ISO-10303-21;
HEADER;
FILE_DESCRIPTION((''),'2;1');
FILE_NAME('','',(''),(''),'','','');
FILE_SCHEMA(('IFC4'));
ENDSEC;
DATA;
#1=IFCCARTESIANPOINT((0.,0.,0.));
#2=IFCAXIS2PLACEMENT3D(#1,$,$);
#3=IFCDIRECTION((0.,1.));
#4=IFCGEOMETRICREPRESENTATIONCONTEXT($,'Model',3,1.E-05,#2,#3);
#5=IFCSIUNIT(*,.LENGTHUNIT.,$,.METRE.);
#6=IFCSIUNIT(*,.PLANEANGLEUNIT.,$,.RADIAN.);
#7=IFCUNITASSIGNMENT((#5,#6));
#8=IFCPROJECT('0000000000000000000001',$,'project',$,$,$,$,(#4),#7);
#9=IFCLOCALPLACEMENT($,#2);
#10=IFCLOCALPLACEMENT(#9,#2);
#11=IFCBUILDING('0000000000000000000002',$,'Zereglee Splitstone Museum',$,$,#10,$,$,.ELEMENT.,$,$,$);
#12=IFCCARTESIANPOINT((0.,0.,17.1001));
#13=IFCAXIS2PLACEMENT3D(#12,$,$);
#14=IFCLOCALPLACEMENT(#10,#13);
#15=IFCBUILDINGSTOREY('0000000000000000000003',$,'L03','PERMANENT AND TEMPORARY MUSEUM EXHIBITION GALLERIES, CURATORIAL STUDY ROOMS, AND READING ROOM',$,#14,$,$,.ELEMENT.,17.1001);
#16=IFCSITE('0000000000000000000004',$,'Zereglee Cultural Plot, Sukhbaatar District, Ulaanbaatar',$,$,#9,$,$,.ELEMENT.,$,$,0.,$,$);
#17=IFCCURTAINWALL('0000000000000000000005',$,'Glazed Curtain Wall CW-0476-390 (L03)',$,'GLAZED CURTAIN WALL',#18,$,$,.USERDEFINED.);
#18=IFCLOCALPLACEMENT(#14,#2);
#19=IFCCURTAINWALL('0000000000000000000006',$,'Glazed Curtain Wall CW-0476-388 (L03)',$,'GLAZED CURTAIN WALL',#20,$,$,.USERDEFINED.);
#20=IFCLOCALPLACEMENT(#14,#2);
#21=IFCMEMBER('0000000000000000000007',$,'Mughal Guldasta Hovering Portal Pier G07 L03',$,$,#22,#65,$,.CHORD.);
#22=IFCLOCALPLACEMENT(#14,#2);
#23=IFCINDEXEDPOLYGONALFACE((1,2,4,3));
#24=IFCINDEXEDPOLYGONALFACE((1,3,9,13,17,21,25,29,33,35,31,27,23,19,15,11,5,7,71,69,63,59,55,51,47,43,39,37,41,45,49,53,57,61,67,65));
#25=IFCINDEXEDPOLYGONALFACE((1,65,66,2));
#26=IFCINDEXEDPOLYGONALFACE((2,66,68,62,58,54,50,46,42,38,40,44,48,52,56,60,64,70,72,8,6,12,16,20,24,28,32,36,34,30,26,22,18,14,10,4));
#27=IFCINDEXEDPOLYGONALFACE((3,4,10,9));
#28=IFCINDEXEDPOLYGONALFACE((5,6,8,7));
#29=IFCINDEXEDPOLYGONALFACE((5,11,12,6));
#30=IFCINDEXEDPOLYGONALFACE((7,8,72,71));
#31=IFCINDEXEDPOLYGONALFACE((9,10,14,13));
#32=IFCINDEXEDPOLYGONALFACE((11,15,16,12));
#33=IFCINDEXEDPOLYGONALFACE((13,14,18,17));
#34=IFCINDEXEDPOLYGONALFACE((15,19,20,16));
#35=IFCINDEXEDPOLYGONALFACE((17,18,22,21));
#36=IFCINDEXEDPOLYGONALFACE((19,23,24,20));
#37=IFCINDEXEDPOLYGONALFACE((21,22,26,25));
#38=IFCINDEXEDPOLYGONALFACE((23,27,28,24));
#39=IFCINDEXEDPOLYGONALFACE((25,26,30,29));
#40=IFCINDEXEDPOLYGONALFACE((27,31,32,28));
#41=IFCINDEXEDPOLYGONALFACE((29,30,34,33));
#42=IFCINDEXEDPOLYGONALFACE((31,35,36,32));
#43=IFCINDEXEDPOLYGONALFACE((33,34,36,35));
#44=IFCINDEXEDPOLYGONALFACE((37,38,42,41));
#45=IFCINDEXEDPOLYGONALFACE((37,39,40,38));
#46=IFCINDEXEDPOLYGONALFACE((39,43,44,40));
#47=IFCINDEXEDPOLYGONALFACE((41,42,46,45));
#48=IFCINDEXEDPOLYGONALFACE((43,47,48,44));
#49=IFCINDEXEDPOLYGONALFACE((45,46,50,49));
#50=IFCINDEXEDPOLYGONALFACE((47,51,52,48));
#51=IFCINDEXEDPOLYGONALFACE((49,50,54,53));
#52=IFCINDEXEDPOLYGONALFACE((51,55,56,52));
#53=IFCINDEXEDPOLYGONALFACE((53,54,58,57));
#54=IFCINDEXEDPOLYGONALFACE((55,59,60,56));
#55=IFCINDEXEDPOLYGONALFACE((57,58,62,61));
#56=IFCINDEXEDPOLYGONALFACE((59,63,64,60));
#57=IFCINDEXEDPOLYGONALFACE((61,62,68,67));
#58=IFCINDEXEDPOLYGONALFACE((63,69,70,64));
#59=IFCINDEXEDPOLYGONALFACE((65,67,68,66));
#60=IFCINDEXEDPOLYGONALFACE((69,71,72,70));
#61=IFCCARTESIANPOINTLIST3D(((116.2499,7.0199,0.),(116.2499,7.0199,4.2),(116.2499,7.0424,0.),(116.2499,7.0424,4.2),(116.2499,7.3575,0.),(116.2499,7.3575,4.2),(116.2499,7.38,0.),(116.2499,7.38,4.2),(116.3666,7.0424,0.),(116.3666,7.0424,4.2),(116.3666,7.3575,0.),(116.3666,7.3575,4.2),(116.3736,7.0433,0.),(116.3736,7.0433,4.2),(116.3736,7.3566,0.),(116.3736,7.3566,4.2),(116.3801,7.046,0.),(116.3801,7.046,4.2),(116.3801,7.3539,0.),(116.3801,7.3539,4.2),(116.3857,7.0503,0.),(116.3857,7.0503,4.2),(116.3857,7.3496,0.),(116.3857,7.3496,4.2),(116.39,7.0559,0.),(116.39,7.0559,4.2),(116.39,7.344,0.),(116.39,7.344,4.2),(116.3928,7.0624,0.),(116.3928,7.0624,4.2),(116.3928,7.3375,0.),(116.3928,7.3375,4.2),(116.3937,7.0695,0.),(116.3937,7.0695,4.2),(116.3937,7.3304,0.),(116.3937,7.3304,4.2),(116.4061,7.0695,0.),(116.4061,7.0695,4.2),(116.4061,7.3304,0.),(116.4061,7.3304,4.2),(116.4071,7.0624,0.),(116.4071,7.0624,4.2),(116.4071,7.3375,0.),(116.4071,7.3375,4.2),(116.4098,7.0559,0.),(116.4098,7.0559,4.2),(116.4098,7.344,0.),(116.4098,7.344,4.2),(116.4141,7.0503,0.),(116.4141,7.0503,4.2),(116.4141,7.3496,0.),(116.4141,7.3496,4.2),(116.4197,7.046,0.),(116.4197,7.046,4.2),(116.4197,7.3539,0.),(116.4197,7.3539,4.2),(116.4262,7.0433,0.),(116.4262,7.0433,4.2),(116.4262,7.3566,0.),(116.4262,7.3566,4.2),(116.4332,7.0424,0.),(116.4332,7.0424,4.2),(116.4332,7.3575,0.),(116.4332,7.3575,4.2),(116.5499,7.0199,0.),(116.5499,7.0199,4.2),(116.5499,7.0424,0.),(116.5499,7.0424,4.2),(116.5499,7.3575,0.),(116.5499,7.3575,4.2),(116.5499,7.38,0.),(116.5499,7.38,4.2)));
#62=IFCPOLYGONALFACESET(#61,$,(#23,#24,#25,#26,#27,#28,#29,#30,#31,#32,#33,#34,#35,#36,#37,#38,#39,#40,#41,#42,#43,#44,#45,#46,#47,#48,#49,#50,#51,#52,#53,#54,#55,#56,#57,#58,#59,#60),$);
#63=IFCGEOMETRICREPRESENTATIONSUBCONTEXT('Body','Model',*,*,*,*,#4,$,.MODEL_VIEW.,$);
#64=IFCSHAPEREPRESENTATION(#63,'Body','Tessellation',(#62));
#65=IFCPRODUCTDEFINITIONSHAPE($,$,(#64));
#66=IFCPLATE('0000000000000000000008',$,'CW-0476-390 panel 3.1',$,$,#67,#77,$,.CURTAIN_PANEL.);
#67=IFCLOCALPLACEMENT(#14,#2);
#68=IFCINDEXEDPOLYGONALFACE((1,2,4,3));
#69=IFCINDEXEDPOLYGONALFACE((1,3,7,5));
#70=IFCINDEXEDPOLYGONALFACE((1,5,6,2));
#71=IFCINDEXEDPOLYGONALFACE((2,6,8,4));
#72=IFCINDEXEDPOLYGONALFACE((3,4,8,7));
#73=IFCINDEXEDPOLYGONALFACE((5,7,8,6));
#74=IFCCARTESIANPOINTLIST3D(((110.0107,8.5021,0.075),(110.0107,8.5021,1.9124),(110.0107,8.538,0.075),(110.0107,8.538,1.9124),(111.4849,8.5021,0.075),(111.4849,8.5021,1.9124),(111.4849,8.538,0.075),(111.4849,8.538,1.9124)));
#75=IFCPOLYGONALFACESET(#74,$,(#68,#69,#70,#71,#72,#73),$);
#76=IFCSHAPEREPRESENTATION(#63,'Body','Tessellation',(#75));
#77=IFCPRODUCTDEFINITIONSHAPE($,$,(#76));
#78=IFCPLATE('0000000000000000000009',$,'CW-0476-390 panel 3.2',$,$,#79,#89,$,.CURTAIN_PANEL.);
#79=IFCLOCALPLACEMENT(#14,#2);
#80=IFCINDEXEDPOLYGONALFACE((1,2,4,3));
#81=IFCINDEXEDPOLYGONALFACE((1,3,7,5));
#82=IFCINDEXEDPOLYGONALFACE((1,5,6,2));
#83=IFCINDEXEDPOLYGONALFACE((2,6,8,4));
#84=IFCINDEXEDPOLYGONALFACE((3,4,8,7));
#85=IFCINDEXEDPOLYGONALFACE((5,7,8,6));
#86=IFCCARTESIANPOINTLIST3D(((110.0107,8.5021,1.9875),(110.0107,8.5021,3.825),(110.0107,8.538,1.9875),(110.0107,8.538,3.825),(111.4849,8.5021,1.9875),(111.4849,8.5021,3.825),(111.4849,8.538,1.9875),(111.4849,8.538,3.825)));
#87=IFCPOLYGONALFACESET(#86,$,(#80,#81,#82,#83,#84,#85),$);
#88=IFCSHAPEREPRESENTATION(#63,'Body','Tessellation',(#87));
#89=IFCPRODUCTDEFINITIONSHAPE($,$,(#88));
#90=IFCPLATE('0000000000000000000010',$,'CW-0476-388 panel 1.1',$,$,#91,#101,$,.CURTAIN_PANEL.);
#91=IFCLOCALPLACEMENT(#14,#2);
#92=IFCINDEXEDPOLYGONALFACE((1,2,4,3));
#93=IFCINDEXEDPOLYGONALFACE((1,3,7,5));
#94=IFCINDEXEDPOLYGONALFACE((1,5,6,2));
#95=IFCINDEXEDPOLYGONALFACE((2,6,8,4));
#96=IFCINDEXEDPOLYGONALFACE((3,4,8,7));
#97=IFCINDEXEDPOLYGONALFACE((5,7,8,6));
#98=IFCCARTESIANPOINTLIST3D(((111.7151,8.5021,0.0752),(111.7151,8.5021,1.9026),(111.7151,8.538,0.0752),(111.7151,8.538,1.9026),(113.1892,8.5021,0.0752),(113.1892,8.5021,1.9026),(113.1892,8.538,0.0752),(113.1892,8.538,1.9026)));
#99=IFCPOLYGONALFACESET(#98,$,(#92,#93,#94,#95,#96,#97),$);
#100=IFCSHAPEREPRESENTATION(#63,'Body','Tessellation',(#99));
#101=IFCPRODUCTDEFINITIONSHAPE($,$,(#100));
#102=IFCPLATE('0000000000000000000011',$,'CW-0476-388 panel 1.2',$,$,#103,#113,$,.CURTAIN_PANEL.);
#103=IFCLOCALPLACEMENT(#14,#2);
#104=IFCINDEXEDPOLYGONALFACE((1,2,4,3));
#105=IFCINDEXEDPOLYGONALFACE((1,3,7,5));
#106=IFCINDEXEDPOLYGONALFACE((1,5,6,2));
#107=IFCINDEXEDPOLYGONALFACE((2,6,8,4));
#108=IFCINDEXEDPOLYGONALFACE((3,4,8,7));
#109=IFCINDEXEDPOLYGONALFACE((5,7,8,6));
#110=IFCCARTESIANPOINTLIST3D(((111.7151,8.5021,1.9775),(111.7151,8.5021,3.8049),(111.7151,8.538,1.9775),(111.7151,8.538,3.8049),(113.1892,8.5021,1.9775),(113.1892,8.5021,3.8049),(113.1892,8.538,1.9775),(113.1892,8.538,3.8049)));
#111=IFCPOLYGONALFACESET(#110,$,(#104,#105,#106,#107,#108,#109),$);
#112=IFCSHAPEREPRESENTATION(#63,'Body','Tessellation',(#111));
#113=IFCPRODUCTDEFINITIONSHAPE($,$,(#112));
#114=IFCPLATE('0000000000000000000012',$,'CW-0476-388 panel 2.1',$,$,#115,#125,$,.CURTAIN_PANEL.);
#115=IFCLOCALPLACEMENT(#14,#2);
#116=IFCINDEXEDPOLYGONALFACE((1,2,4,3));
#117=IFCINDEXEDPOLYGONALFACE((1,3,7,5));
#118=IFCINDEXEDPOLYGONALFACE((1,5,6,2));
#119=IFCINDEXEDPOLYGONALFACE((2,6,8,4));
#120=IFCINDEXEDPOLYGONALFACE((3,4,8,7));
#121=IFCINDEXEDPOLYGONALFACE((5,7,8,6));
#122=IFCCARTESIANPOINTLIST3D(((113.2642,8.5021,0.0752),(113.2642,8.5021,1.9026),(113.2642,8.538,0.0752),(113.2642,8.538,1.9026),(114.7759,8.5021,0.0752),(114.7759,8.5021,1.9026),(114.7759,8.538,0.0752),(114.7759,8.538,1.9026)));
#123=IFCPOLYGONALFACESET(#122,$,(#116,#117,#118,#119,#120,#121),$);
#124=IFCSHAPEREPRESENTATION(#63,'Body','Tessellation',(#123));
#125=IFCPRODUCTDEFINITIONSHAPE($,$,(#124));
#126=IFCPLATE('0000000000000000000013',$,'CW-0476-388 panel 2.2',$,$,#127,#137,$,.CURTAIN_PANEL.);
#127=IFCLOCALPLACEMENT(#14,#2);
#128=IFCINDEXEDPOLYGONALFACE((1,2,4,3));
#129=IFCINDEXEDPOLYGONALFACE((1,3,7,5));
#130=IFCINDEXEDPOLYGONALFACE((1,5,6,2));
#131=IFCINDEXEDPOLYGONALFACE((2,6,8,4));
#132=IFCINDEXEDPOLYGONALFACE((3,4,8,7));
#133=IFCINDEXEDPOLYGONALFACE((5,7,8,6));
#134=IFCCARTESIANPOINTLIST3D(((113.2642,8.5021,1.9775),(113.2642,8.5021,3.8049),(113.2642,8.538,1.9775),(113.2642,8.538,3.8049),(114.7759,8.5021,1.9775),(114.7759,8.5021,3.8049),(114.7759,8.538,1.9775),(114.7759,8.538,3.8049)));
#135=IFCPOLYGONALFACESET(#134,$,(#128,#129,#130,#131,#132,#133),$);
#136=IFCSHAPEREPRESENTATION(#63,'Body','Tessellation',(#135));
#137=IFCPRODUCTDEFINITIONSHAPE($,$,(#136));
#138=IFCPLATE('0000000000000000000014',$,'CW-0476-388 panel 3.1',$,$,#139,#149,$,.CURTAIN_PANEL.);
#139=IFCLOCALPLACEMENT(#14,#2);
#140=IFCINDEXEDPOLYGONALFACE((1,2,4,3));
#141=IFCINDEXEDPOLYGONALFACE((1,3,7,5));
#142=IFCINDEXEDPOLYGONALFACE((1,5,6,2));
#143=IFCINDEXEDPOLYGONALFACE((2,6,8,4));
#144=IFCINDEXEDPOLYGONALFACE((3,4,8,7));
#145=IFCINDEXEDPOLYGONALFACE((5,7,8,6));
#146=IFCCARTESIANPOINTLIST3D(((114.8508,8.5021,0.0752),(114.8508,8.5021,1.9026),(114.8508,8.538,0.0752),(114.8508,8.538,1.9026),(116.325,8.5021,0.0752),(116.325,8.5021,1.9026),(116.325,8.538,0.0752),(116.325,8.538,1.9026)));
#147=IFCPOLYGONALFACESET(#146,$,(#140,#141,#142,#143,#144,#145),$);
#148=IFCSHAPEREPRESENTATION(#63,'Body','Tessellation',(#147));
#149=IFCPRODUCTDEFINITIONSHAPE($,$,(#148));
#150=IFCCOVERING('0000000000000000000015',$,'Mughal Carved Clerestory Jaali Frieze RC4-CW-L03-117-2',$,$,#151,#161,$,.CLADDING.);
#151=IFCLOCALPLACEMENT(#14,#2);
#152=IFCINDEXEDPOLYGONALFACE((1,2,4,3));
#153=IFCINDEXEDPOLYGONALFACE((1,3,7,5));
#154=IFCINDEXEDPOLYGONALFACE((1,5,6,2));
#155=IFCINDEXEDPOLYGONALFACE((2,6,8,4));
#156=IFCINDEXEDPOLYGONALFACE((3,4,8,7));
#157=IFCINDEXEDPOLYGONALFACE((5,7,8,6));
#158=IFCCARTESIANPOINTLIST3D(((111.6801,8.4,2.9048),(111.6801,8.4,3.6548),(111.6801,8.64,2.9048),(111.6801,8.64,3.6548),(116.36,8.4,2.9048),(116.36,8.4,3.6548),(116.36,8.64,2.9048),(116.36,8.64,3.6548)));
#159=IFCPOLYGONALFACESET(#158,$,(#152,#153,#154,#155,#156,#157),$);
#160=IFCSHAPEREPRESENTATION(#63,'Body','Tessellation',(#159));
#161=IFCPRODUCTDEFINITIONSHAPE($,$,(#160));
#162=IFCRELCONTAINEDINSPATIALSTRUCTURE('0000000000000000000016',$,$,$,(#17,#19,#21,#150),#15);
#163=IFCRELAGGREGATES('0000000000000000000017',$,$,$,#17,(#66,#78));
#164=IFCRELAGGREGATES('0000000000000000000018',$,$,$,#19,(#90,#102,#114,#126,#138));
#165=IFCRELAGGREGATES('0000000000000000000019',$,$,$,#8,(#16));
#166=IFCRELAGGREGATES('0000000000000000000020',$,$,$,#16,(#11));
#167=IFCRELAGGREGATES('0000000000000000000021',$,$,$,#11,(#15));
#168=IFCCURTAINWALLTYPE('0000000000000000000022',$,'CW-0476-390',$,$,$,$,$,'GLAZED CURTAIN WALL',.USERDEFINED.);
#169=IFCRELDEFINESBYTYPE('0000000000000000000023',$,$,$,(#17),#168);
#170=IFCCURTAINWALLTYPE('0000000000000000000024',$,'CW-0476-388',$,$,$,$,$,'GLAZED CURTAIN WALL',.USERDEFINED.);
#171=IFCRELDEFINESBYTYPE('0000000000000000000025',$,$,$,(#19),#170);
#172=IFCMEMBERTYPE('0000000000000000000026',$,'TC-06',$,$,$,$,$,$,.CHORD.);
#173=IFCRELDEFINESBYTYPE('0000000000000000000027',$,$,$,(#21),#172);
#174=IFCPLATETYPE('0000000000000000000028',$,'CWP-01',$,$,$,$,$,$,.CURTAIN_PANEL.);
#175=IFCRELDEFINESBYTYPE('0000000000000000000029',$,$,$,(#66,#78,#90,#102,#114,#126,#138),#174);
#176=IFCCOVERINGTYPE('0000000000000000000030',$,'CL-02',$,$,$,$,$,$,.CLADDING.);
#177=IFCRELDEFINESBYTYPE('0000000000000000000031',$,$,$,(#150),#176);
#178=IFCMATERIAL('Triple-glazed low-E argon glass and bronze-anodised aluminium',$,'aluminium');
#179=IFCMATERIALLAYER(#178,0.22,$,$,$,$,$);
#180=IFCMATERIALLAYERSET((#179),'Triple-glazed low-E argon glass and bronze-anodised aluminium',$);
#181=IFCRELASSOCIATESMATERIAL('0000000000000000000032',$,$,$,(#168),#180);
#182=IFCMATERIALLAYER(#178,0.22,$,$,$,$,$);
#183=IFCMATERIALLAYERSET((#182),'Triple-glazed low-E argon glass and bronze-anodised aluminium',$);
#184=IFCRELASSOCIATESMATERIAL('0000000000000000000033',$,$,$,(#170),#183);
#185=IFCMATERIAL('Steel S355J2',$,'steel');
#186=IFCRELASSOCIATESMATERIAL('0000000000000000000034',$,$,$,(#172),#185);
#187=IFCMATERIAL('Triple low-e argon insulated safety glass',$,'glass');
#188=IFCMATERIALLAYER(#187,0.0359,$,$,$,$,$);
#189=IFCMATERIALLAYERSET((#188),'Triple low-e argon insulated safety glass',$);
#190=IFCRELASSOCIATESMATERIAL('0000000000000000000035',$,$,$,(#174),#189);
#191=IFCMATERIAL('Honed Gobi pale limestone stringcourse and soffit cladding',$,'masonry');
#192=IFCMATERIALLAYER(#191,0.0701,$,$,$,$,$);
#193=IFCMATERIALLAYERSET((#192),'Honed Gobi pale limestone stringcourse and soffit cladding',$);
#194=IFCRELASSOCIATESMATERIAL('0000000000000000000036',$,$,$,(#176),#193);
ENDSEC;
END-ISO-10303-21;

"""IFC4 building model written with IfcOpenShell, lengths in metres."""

from ifc_helpers import new_model, si_unit, direction, frame, origin, origin_2d, place, context, subcontext, project, spatial, rectangle, i_section, extrude, material, layer, layer_set, material_profile, profile_set, type_object, element, aggregate, save


model = new_model("IFC4")

# Units and contexts
model_context = context("Model", 3, precision=1e-05, world=origin(), true_north=direction((0.0, 1.0)))
body_context = subcontext(model_context, "Body", "Model", "MODEL_VIEW")
ifc_project = project(units=[si_unit("LENGTHUNIT", "METRE"), si_unit("PLANEANGLEUNIT", "RADIAN")], contexts=[model_context])

# Site, building, storey
site_placement = place(None, origin())
site = spatial("IfcSite", under=ifc_project, at=site_placement, Name="Zereglee Cultural Plot, Sukhbaatar District, Ulaanbaatar", CompositionType="ELEMENT", RefElevation=0.0)
building_placement = place(site_placement, origin())
building = spatial("IfcBuilding", under=site, at=building_placement, Name="Zereglee Splitstone Museum", CompositionType="ELEMENT")
storey_placement = place(building_placement, frame((0.0, 0.0, 17.1001)))
storey = spatial("IfcBuildingStorey", under=building, at=storey_placement, Name="L03", Description="PERMANENT AND TEMPORARY MUSEUM EXHIBITION GALLERIES, CURATORIAL STUDY ROOMS, AND READING ROOM", CompositionType="ELEMENT", Elevation=17.1001)

# Curtain wall
ifc_material_1 = material(Name="Triple-glazed low-E argon glass and bronze-anodised aluminium", Category="aluminium")
ifc_layer_1 = layer(ifc_material_1, 0.22)
ifc_layer_set_1 = layer_set([ifc_layer_1], Name="Triple-glazed low-E argon glass and bronze-anodised aluminium")
curtain_wall_type_1 = type_object("IfcCurtainWallType", Name="CW-0476-390", ElementType="GLAZED CURTAIN WALL", PredefinedType="USERDEFINED", material=ifc_layer_set_1)
curtain_wall_1_placement = place(storey_placement, origin())
curtain_wall_1 = element("IfcCurtainWall", 1, at=curtain_wall_1_placement, inside=storey, type_object=curtain_wall_type_1, Name="Glazed Curtain Wall CW-0476-390 (L03)", ObjectType="GLAZED CURTAIN WALL", PredefinedType="USERDEFINED")

# Curtain wall
ifc_layer_2 = layer(ifc_material_1, 0.22)
ifc_layer_set_2 = layer_set([ifc_layer_2], Name="Triple-glazed low-E argon glass and bronze-anodised aluminium")
curtain_wall_type_2 = type_object("IfcCurtainWallType", Name="CW-0476-388", ElementType="GLAZED CURTAIN WALL", PredefinedType="USERDEFINED", material=ifc_layer_set_2)
curtain_wall_2_placement = place(storey_placement, origin())
curtain_wall_2 = element("IfcCurtainWall", 2, at=curtain_wall_2_placement, inside=storey, type_object=curtain_wall_type_2, Name="Glazed Curtain Wall CW-0476-388 (L03)", ObjectType="GLAZED CURTAIN WALL", PredefinedType="USERDEFINED")

# Member
ifc_material_2 = material(Name="Steel S355J2", Category="steel")
ifc_material_profile_1 = material_profile(ifc_material_2, i_section(OverallWidth=0.3, OverallDepth=0.3601, WebThickness=0.0125, FlangeThickness=0.0225, FilletRadius=0.0271, at=origin_2d()), Name="HE 360 B")
ifc_profile_set_1 = profile_set([ifc_material_profile_1], Name="Steel S355J2")
member_type_1 = type_object("IfcMemberType", Name="TC-06", PredefinedType="CHORD", material=ifc_profile_set_1)
member_1_placement = place(storey_placement, frame((116.3999, 7.2, 0.0), z_axis=(0.0, 0.0, 1.0), x_axis=(1.0, 0.0, 0.0)))
element("IfcMember", 3, at=member_1_placement, inside=storey, type_object=member_type_1, Name="Mughal Guldasta Hovering Portal Pier G07 L03", PredefinedType="CHORD", context=body_context, shape_type="SweptSolid", body=[
    extrude(i_section(OverallWidth=0.3, OverallDepth=0.3601, WebThickness=0.0125, FlangeThickness=0.0225, FilletRadius=0.0271, at=origin_2d()), origin(), (0.0, 0.0, 1.0), 4.2),
])

# Plates
ifc_material_3 = material(Name="Triple low-e argon insulated safety glass", Category="glass")
ifc_layer_3 = layer(ifc_material_3, 0.0359)
ifc_layer_set_3 = layer_set([ifc_layer_3], Name="Triple low-e argon insulated safety glass")
plate_type = type_object("IfcPlateType", Name="CWP-01", PredefinedType="CURTAIN_PANEL", material=ifc_layer_set_3)
plate_1_placement = place(storey_placement, frame((110.7478, 8.52, 0.075), z_axis=(0.0, 0.0, 1.0), x_axis=(1.0, 0.0, 0.0)))
plate_1 = element("IfcPlate", 4, at=plate_1_placement, type_object=plate_type, Name="CW-0476-390 panel 3.1", PredefinedType="CURTAIN_PANEL", context=body_context, shape_type="SweptSolid", body=[
    extrude(rectangle(XDim=1.4741, YDim=0.0359, at=origin_2d()), origin(), (0.0, 0.0, 1.0), 1.8374),
])
plate_2_placement = place(storey_placement, frame((110.7478, 8.52, 1.9875), z_axis=(0.0, 0.0, 1.0), x_axis=(1.0, 0.0, 0.0)))
plate_2 = element("IfcPlate", 5, at=plate_2_placement, type_object=plate_type, Name="CW-0476-390 panel 3.2", PredefinedType="CURTAIN_PANEL", context=body_context, shape_type="SweptSolid", body=[
    extrude(rectangle(XDim=1.4741, YDim=0.0359, at=origin_2d()), origin(), (0.0, 0.0, 1.0), 1.8374),
])
aggregate(curtain_wall_1, [plate_1, plate_2])
plate_3_placement = place(storey_placement, frame((112.4521, 8.52, 0.0752), z_axis=(0.0, 0.0, 1.0), x_axis=(1.0, 0.0, 0.0)))
plate_3 = element("IfcPlate", 6, at=plate_3_placement, type_object=plate_type, Name="CW-0476-388 panel 1.1", PredefinedType="CURTAIN_PANEL", context=body_context, shape_type="SweptSolid", body=[
    extrude(rectangle(XDim=1.4741, YDim=0.0359, at=origin_2d()), origin(), (0.0, 0.0, 1.0), 1.8274),
])
plate_4_placement = place(storey_placement, frame((112.4521, 8.52, 1.9775), z_axis=(0.0, 0.0, 1.0), x_axis=(1.0, 0.0, 0.0)))
plate_4 = element("IfcPlate", 7, at=plate_4_placement, type_object=plate_type, Name="CW-0476-388 panel 1.2", PredefinedType="CURTAIN_PANEL", context=body_context, shape_type="SweptSolid", body=[
    extrude(rectangle(XDim=1.4741, YDim=0.0359, at=origin_2d()), origin(), (0.0, 0.0, 1.0), 1.8274),
])
plate_5_placement = place(storey_placement, frame((114.02, 8.52, 0.0752), z_axis=(0.0, 0.0, 1.0), x_axis=(1.0, 0.0, 0.0)))
plate_5 = element("IfcPlate", 8, at=plate_5_placement, type_object=plate_type, Name="CW-0476-388 panel 2.1", PredefinedType="CURTAIN_PANEL", context=body_context, shape_type="SweptSolid", body=[
    extrude(rectangle(XDim=1.5117, YDim=0.0359, at=origin_2d()), origin(), (0.0, 0.0, 1.0), 1.8274),
])
plate_6_placement = place(storey_placement, frame((114.02, 8.52, 1.9775), z_axis=(0.0, 0.0, 1.0), x_axis=(1.0, 0.0, 0.0)))
plate_6 = element("IfcPlate", 9, at=plate_6_placement, type_object=plate_type, Name="CW-0476-388 panel 2.2", PredefinedType="CURTAIN_PANEL", context=body_context, shape_type="SweptSolid", body=[
    extrude(rectangle(XDim=1.5117, YDim=0.0359, at=origin_2d()), origin(), (0.0, 0.0, 1.0), 1.8274),
])
plate_7_placement = place(storey_placement, frame((115.5879, 8.52, 0.0752), z_axis=(0.0, 0.0, 1.0), x_axis=(1.0, 0.0, 0.0)))
plate_7 = element("IfcPlate", 10, at=plate_7_placement, type_object=plate_type, Name="CW-0476-388 panel 3.1", PredefinedType="CURTAIN_PANEL", context=body_context, shape_type="SweptSolid", body=[
    extrude(rectangle(XDim=1.4741, YDim=0.0359, at=origin_2d()), origin(), (0.0, 0.0, 1.0), 1.8274),
])
aggregate(curtain_wall_2, [plate_3, plate_4, plate_5, plate_6, plate_7])

# Covering
ifc_material_4 = material(Name="Honed Gobi pale limestone stringcourse and soffit cladding", Category="masonry")
ifc_layer_4 = layer(ifc_material_4, 0.0701)
ifc_layer_set_4 = layer_set([ifc_layer_4], Name="Honed Gobi pale limestone stringcourse and soffit cladding")
covering_type = type_object("IfcCoveringType", Name="CL-02", PredefinedType="CLADDING", material=ifc_layer_set_4)
covering_placement = place(storey_placement, frame((114.02, 8.52, 2.9048), z_axis=(0.0, 0.0, 1.0), x_axis=(1.0, 0.0, 0.0)))
element("IfcCovering", 11, at=covering_placement, inside=storey, type_object=covering_type, Name="Mughal Carved Clerestory Jaali Frieze RC4-CW-L03-117-2", PredefinedType="CLADDING", context=body_context, shape_type="SweptSolid", body=[
    extrude(rectangle(XDim=4.6799, YDim=0.24, at=origin_2d()), origin(), (0.0, 0.0, 1.0), 0.75),
])

save(model, "model.ifc")
